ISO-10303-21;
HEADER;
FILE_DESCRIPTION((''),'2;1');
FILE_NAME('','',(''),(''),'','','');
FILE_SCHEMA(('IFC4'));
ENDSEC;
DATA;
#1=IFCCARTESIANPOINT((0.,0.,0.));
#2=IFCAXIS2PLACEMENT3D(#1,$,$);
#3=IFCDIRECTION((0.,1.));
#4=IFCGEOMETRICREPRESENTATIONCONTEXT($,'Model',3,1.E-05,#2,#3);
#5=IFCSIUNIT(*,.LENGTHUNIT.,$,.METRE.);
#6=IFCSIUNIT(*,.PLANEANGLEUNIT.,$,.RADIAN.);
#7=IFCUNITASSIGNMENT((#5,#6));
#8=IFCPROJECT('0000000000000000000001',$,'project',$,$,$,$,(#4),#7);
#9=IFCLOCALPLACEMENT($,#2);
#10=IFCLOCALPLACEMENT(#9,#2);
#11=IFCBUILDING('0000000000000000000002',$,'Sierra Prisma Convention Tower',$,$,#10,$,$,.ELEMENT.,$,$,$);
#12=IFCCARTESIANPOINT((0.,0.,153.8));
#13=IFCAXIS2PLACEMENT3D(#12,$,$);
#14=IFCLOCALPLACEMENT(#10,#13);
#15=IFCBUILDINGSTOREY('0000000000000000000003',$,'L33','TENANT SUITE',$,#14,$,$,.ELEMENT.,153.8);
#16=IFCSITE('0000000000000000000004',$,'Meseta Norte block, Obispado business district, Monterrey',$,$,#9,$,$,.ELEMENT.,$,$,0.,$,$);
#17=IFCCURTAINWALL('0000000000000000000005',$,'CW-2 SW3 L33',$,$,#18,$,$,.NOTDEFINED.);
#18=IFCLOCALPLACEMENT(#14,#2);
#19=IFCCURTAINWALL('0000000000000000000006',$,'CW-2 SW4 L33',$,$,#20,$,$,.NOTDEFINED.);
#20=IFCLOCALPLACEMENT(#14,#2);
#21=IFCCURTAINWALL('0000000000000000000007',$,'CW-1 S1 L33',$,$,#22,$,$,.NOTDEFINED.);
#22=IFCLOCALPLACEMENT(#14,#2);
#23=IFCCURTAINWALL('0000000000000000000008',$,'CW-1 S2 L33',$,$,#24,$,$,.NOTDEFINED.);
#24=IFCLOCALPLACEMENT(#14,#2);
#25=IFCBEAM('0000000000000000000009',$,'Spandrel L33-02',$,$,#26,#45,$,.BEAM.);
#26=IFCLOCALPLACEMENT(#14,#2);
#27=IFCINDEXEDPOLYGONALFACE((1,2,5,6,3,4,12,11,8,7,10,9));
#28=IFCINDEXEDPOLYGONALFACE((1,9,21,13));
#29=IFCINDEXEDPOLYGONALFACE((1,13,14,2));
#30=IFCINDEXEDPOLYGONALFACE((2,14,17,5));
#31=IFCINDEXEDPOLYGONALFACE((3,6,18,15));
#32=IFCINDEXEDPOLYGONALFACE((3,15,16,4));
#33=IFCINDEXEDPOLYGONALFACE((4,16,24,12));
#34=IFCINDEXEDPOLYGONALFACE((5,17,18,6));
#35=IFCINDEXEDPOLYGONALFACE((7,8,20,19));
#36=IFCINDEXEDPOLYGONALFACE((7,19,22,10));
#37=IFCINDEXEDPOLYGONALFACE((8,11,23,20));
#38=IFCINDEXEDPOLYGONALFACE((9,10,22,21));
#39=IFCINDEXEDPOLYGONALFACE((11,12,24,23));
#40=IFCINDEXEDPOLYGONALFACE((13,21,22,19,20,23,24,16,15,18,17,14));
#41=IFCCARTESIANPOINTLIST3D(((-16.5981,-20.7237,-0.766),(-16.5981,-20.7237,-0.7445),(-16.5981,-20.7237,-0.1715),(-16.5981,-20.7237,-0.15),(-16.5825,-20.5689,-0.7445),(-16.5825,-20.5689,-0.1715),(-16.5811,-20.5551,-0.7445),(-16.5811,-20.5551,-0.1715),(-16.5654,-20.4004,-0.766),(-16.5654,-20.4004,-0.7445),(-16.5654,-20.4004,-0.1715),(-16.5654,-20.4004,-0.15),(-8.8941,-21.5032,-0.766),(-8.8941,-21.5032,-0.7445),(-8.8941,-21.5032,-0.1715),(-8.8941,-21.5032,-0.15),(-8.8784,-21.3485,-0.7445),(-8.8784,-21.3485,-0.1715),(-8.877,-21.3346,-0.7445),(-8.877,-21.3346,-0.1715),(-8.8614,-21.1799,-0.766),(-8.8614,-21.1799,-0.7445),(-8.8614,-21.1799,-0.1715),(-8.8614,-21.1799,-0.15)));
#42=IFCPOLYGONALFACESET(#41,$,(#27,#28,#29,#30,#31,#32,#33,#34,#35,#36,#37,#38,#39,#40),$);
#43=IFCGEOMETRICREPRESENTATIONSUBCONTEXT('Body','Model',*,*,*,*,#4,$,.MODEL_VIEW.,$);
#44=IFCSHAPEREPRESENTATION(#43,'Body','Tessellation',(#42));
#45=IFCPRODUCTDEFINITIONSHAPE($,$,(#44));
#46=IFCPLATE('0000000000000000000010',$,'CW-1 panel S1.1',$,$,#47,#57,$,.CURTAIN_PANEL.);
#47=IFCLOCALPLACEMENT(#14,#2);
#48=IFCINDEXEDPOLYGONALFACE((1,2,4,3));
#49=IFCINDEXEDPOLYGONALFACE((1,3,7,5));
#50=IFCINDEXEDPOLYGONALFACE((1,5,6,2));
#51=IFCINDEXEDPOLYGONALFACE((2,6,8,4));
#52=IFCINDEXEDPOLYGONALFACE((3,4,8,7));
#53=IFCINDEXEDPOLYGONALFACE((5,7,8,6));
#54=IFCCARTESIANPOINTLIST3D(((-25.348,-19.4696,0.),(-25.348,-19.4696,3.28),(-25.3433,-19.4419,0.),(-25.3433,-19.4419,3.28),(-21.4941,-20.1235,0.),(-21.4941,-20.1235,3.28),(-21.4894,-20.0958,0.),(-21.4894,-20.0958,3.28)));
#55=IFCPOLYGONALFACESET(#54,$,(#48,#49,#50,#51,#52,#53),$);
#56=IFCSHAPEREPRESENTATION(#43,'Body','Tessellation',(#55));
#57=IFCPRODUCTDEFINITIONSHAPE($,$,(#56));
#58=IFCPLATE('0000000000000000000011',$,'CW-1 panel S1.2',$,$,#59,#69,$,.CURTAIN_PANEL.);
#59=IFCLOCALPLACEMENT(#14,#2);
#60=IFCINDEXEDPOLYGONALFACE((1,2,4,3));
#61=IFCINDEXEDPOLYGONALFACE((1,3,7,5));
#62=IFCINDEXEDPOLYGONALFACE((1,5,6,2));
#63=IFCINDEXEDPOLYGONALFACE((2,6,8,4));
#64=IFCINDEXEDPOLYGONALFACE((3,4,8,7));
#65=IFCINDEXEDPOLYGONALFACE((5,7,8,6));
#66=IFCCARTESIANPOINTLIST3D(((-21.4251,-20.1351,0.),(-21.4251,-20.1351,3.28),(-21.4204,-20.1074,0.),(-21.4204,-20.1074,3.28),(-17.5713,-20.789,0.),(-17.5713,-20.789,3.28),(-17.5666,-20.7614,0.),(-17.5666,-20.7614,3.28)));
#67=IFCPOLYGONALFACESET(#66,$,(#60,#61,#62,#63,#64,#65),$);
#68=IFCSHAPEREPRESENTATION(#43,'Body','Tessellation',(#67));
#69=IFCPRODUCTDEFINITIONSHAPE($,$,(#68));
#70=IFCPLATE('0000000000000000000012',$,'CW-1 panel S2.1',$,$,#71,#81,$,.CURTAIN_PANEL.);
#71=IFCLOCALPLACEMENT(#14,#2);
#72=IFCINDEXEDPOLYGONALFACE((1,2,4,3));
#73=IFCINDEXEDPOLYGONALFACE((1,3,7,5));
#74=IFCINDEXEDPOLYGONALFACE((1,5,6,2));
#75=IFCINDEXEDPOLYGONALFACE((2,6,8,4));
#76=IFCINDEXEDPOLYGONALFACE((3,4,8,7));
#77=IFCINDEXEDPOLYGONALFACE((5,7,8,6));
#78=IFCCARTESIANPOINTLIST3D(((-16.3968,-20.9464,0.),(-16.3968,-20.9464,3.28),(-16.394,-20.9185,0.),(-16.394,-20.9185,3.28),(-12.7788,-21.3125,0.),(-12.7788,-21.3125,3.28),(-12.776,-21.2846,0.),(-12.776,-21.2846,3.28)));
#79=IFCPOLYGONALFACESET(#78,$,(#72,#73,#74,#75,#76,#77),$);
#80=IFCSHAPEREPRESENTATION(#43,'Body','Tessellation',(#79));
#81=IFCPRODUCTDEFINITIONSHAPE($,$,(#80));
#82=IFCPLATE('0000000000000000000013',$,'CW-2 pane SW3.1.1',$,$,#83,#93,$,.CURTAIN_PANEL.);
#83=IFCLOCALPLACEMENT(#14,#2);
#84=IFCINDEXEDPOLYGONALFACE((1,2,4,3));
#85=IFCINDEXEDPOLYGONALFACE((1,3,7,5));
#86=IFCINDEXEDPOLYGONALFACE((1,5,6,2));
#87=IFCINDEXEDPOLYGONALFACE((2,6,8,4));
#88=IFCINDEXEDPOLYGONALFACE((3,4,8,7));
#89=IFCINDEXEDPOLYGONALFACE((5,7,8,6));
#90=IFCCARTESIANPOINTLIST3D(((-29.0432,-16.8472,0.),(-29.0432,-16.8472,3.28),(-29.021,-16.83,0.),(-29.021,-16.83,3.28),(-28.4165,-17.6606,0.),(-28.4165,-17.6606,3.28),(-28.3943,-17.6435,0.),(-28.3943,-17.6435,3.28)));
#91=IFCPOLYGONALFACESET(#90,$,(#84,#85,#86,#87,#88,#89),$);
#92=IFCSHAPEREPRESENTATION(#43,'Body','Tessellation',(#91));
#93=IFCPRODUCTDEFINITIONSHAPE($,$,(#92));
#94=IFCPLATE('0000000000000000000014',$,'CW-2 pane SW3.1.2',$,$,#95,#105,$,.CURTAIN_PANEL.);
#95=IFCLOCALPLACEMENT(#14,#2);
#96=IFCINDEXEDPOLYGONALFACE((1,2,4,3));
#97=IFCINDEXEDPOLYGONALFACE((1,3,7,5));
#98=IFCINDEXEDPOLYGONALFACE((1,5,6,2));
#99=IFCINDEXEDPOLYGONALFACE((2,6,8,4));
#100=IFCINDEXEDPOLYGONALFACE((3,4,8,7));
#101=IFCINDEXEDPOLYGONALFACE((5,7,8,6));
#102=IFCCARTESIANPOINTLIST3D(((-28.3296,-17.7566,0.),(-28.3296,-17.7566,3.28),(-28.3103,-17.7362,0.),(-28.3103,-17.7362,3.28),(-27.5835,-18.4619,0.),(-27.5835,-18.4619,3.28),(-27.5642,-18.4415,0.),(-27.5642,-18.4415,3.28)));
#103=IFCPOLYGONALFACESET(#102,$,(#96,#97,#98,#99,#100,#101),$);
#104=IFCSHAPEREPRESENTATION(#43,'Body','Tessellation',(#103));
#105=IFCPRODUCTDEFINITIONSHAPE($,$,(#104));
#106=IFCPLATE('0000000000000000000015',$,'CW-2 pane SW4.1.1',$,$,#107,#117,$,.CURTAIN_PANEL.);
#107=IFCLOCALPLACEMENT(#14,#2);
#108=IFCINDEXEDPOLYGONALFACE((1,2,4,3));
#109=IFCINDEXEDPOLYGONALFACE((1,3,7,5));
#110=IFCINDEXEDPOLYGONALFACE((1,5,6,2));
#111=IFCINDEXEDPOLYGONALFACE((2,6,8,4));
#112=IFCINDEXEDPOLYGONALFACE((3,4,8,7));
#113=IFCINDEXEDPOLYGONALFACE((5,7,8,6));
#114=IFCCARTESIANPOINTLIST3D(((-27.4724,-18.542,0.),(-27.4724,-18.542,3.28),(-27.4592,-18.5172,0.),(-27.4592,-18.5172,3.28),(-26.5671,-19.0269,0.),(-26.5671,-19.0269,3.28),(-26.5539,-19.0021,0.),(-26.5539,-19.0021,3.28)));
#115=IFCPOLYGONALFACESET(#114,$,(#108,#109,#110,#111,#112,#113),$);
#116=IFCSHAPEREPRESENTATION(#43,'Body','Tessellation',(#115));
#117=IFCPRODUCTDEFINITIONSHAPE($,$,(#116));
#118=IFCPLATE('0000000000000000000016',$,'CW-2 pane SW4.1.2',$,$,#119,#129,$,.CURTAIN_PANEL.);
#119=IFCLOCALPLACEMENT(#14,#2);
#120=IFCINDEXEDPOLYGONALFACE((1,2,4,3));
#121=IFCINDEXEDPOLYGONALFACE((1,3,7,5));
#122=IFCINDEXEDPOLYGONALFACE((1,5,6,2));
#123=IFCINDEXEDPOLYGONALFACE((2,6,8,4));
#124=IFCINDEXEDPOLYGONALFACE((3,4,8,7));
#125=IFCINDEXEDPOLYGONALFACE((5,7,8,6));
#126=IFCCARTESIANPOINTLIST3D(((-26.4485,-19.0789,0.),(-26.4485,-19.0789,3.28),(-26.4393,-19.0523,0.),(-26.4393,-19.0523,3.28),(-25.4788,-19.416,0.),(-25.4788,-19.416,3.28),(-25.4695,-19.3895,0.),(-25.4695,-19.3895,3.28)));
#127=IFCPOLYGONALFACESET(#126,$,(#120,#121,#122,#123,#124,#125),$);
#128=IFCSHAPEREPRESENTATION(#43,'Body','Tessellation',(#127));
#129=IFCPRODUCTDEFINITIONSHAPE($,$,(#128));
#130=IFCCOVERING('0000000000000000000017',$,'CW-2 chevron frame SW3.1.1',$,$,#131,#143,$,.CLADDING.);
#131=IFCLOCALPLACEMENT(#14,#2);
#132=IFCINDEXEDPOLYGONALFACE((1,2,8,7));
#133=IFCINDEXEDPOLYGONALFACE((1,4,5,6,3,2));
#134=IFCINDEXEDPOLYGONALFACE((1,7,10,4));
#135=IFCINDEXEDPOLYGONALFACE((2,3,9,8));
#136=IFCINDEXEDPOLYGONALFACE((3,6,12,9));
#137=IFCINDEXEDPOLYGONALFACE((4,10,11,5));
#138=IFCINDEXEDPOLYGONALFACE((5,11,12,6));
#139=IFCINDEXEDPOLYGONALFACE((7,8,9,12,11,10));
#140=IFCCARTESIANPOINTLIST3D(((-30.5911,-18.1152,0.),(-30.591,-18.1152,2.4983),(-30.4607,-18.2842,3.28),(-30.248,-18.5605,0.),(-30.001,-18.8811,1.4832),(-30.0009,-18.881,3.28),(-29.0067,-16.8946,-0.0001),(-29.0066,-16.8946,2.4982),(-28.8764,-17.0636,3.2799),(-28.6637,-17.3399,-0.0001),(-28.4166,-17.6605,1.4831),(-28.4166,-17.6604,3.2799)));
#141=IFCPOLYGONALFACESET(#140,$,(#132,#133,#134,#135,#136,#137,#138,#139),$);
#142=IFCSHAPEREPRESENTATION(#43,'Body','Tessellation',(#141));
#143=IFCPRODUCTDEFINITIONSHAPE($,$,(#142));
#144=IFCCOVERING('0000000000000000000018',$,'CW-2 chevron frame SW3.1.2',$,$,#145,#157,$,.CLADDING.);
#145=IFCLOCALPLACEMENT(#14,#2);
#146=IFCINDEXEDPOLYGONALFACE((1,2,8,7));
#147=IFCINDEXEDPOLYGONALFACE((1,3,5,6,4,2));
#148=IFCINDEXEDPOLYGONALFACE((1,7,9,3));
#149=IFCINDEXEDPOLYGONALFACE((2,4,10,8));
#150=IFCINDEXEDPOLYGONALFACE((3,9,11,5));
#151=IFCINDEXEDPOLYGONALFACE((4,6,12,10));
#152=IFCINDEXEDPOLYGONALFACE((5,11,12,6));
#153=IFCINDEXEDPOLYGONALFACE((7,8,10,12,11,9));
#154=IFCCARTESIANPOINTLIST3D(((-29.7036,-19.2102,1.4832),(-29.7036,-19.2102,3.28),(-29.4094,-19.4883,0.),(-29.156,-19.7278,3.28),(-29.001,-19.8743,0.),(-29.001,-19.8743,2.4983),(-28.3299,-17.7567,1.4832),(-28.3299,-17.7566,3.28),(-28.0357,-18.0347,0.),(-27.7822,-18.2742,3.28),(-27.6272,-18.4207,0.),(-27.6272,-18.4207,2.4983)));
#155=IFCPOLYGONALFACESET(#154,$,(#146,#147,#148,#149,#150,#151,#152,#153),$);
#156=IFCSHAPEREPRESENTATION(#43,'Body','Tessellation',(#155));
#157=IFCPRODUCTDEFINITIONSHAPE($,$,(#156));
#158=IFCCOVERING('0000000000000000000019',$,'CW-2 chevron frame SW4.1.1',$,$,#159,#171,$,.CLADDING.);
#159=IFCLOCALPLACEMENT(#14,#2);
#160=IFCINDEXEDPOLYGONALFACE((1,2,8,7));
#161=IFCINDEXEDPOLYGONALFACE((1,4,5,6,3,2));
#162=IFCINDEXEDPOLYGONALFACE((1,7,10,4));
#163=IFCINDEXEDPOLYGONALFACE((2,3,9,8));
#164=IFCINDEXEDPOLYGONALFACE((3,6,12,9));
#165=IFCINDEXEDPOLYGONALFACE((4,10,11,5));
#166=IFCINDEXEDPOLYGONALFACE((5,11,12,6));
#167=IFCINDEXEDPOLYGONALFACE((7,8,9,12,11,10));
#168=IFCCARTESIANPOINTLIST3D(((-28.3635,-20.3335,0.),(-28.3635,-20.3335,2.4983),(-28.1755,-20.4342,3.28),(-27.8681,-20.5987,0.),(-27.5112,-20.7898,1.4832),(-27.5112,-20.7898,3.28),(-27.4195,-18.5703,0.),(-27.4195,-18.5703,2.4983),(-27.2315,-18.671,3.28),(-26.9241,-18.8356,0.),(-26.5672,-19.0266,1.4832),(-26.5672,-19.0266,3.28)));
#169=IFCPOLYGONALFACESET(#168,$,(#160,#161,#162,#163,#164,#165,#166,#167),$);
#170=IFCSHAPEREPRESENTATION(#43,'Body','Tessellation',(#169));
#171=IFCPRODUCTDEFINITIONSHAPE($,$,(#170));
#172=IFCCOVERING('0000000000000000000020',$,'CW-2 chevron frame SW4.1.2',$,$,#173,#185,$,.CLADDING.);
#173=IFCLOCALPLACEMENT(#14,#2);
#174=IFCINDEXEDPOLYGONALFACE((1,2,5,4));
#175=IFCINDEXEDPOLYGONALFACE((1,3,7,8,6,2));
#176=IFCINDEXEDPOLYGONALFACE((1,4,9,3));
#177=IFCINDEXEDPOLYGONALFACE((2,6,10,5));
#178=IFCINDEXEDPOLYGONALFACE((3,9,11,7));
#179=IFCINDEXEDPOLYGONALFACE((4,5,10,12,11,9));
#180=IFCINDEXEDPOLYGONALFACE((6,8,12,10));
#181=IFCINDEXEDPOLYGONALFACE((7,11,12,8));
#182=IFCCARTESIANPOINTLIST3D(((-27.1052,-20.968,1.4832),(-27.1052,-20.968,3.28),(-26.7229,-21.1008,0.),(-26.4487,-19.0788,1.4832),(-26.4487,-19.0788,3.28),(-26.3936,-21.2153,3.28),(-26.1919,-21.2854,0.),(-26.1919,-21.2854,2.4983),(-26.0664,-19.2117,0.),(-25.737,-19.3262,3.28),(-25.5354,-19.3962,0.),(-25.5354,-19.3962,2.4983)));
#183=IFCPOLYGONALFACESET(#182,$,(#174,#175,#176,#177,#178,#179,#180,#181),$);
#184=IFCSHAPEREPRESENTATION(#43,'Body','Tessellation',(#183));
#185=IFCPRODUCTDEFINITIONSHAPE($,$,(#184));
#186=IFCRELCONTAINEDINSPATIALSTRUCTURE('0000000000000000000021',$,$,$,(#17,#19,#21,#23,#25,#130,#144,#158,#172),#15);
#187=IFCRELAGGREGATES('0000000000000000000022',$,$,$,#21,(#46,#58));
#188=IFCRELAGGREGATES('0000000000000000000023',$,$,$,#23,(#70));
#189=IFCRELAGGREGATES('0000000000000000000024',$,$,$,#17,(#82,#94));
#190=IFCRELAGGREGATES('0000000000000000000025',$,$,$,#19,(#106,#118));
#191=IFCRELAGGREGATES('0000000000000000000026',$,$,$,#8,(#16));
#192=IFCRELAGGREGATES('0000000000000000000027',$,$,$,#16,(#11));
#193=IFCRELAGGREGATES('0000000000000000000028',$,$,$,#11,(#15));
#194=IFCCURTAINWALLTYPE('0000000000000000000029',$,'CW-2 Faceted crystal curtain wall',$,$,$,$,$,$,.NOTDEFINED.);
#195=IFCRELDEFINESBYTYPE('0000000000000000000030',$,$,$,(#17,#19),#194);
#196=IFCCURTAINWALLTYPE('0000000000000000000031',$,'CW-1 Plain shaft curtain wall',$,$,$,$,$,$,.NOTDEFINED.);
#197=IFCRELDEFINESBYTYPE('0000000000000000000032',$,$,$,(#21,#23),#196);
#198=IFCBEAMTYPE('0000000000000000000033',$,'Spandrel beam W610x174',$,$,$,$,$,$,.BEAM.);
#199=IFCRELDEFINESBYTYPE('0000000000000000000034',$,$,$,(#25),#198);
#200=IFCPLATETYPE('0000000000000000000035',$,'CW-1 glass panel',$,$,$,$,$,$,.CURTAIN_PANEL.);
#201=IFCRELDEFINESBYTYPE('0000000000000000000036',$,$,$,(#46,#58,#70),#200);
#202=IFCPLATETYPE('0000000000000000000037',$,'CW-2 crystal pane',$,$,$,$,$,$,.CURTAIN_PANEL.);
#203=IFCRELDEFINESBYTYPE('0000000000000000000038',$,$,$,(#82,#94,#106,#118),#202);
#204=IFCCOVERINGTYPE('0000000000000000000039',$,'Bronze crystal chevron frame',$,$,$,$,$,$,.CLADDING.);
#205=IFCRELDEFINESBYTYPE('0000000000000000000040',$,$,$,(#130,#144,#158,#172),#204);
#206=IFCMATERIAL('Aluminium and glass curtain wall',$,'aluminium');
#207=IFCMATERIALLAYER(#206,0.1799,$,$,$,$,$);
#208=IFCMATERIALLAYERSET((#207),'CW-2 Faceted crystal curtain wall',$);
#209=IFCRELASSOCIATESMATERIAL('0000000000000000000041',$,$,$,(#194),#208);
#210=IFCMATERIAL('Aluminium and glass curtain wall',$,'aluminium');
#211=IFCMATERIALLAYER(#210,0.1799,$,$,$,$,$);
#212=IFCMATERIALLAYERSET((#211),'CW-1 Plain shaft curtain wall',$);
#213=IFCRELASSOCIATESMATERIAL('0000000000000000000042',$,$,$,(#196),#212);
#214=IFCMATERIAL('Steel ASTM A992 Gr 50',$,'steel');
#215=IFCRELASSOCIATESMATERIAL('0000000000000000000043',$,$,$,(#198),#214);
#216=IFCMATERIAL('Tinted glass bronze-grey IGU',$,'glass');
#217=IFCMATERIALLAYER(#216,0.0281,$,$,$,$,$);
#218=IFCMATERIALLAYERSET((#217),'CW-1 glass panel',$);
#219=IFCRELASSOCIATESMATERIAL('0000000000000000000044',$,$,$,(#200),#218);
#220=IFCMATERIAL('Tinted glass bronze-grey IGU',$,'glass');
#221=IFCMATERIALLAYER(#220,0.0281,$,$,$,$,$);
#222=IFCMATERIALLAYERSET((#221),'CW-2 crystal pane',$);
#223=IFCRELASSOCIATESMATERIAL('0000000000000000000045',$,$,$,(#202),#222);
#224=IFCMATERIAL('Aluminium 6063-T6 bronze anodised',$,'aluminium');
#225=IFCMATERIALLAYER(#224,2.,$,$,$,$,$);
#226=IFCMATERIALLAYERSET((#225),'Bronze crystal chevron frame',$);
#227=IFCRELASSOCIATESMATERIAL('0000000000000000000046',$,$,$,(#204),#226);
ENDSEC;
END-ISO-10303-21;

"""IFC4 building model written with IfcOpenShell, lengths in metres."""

from ifc_helpers import new_model, si_unit, direction, frame, origin, origin_2d, place, context, subcontext, project, spatial, polyline, rectangle, i_section, outline, extrude, material, layer, layer_set, material_profile, profile_set, type_object, element, aggregate, save


model = new_model("IFC4")

# Units and contexts
model_context = context("Model", 3, precision=1e-05, world=origin(), true_north=direction((0.0, 1.0)))
body_context = subcontext(model_context, "Body", "Model", "MODEL_VIEW")
ifc_project = project(units=[si_unit("LENGTHUNIT", "METRE"), si_unit("PLANEANGLEUNIT", "RADIAN")], contexts=[model_context])

# Site, building, storey
site_placement = place(None, origin())
site = spatial("IfcSite", under=ifc_project, at=site_placement, Name="Meseta Norte block, Obispado business district, Monterrey", CompositionType="ELEMENT", RefElevation=0.0)
building_placement = place(site_placement, origin())
building = spatial("IfcBuilding", under=site, at=building_placement, Name="Sierra Prisma Convention Tower", CompositionType="ELEMENT")
storey_placement = place(building_placement, frame((0.0, 0.0, 153.8)))
storey = spatial("IfcBuildingStorey", under=building, at=storey_placement, Name="L33", Description="TENANT SUITE", CompositionType="ELEMENT", Elevation=153.8)

# Curtain walls
ifc_material_1 = material(Name="Aluminium and glass curtain wall", Category="aluminium")
ifc_layer_1 = layer(ifc_material_1, 0.1799)
ifc_layer_set_1 = layer_set([ifc_layer_1], Name="CW-2 Faceted crystal curtain wall")
curtain_wall_type_1 = type_object("IfcCurtainWallType", Name="CW-2 Faceted crystal curtain wall", PredefinedType="NOTDEFINED", material=ifc_layer_set_1)
curtain_wall_1_placement = place(storey_placement, origin())
curtain_wall_1 = element("IfcCurtainWall", 1, at=curtain_wall_1_placement, inside=storey, type_object=curtain_wall_type_1, Name="CW-2 SW3 L33", PredefinedType="NOTDEFINED")
curtain_wall_2_placement = place(storey_placement, origin())
curtain_wall_2 = element("IfcCurtainWall", 2, at=curtain_wall_2_placement, inside=storey, type_object=curtain_wall_type_1, Name="CW-2 SW4 L33", PredefinedType="NOTDEFINED")

# Curtain wall
ifc_material_2 = material(Name="Aluminium and glass curtain wall", Category="aluminium")
ifc_layer_2 = layer(ifc_material_2, 0.1799)
ifc_layer_set_2 = layer_set([ifc_layer_2], Name="CW-1 Plain shaft curtain wall")
curtain_wall_type_2 = type_object("IfcCurtainWallType", Name="CW-1 Plain shaft curtain wall", PredefinedType="NOTDEFINED", material=ifc_layer_set_2)
curtain_wall_3_placement = place(storey_placement, origin())
curtain_wall_3 = element("IfcCurtainWall", 3, at=curtain_wall_3_placement, inside=storey, type_object=curtain_wall_type_2, Name="CW-1 S1 L33", PredefinedType="NOTDEFINED")

# Curtain wall
curtain_wall_4_placement = place(storey_placement, origin())
curtain_wall_4 = element("IfcCurtainWall", 4, at=curtain_wall_4_placement, inside=storey, type_object=curtain_wall_type_2, Name="CW-1 S2 L33", PredefinedType="NOTDEFINED")

# Beam
ifc_material_3 = material(Name="Steel ASTM A992 Gr 50", Category="steel")
ifc_material_profile_1 = material_profile(ifc_material_3, i_section(OverallWidth=0.325, OverallDepth=0.616, WebThickness=0.0139, FlangeThickness=0.0215, at=origin_2d()), Name="W610x174")
ifc_profile_set_1 = profile_set([ifc_material_profile_1], Name="Steel ASTM A992 Gr 50")
beam_type_1 = type_object("IfcBeamType", Name="Spandrel beam W610x174", PredefinedType="BEAM", material=ifc_profile_set_1)
beam_1_placement = place(storey_placement, frame((-16.5818, -20.562, -0.458), z_axis=(0.99492, -0.100671, 0.0), x_axis=(0.100671, 0.99492, 0.0)))
element("IfcBeam", 5, at=beam_1_placement, inside=storey, type_object=beam_type_1, Name="Spandrel L33-02", PredefinedType="BEAM", context=body_context, shape_type="SweptSolid", body=[
    extrude(i_section(OverallWidth=0.325, OverallDepth=0.616, WebThickness=0.0139, FlangeThickness=0.0215, at=origin_2d()), origin(), (0.0, 0.0, 1.0), 7.7434),
])

# Plates
ifc_material_4 = material(Name="Tinted glass bronze-grey IGU", Category="glass")
ifc_layer_3 = layer(ifc_material_4, 0.0281)
ifc_layer_set_3 = layer_set([ifc_layer_3], Name="CW-1 glass panel")
plate_type_1 = type_object("IfcPlateType", Name="CW-1 glass panel", PredefinedType="CURTAIN_PANEL", material=ifc_layer_set_3)
plate_1_placement = place(storey_placement, frame((-23.4187, -19.7827, 0.0), z_axis=(0.0, 0.0, 1.0), x_axis=(0.985908, -0.167289, 0.0)))
plate_1 = element("IfcPlate", 6, at=plate_1_placement, type_object=plate_type_1, Name="CW-1 panel S1.1", PredefinedType="CURTAIN_PANEL", context=body_context, shape_type="SweptSolid", body=[
    extrude(rectangle(XDim=3.9089, YDim=0.0281, at=origin_2d()), origin(), (0.0, 0.0, 1.0), 3.28),
])
plate_2_placement = place(storey_placement, frame((-19.4958, -20.4482, 0.0), z_axis=(0.0, 0.0, 1.0), x_axis=(0.985908, -0.167289, 0.0)))
plate_2 = element("IfcPlate", 7, at=plate_2_placement, type_object=plate_type_1, Name="CW-1 panel S1.2", PredefinedType="CURTAIN_PANEL", context=body_context, shape_type="SweptSolid", body=[
    extrude(rectangle(XDim=3.9089, YDim=0.0281, at=origin_2d()), origin(), (0.0, 0.0, 1.0), 3.28),
])
aggregate(curtain_wall_3, [plate_1, plate_2])
plate_3_placement = place(storey_placement, frame((-14.5864, -21.1155, 0.0), z_axis=(0.0, 0.0, 1.0), x_axis=(0.994919, -0.100676, 0.0)))
plate_3 = element("IfcPlate", 8, at=plate_3_placement, type_object=plate_type_1, Name="CW-1 panel S2.1", PredefinedType="CURTAIN_PANEL", context=body_context, shape_type="SweptSolid", body=[
    extrude(rectangle(XDim=3.6365, YDim=0.0281, at=origin_2d()), origin(), (0.0, 0.0, 1.0), 3.28),
])
aggregate(curtain_wall_4, [plate_3])
ifc_material_5 = material(Name="Tinted glass bronze-grey IGU", Category="glass")
ifc_layer_4 = layer(ifc_material_5, 0.0281)
ifc_layer_set_4 = layer_set([ifc_layer_4], Name="CW-2 crystal pane")
plate_type_2 = type_object("IfcPlateType", Name="CW-2 crystal pane", PredefinedType="CURTAIN_PANEL", material=ifc_layer_set_4)
plate_4_placement = place(storey_placement, frame((-29.0432, -16.8472, 0.0), z_axis=(-0.792173, -0.610297, 0.0), x_axis=(0.610297, -0.792173, 0.0)))
plate_4 = element("IfcPlate", 9, at=plate_4_placement, type_object=plate_type_2, Name="CW-2 pane SW3.1.1", PredefinedType="CURTAIN_PANEL", context=body_context, shape_type="SweptSolid", body=[
    extrude(outline(polyline([(0.0, 0.0), (1.0269, 0.0), (1.0269, 3.28), (0.0, 3.28), (0.0, 0.0)])), origin(), (0.0, 0.0, -1.0), 0.0281),
])
plate_5_placement = place(storey_placement, frame((-27.5835, -18.4619, 0.0), z_axis=(-0.686973, -0.726683, 0.0), x_axis=(-0.726683, 0.686973, 0.0)))
plate_5 = element("IfcPlate", 10, at=plate_5_placement, type_object=plate_type_2, Name="CW-2 pane SW3.1.2", PredefinedType="CURTAIN_PANEL", context=body_context, shape_type="SweptSolid", body=[
    extrude(outline(polyline([(0.0, 0.0), (1.0267, 0.0), (1.0267, -3.28), (0.0, -3.28), (0.0, 0.0)])), origin(), (0.0, 0.0, -1.0), 0.0281),
])
aggregate(curtain_wall_1, [plate_4, plate_5])
plate_6_placement = place(storey_placement, frame((-27.4724, -18.542, 0.0), z_axis=(-0.472142, -0.881522, 0.0), x_axis=(0.881522, -0.472142, 0.0)))
plate_6 = element("IfcPlate", 11, at=plate_6_placement, type_object=plate_type_2, Name="CW-2 pane SW4.1.1", PredefinedType="CURTAIN_PANEL", context=body_context, shape_type="SweptSolid", body=[
    extrude(outline(polyline([(0.0, 0.0), (1.0269, 0.0), (1.0269, 3.28), (0.0, 3.28), (0.0, 0.0)])), origin(), (0.0, 0.0, -1.0), 0.0281),
])
plate_7_placement = place(storey_placement, frame((-25.4788, -19.416, 0.0), z_axis=(-0.328401, -0.944538, 0.0), x_axis=(-0.944538, 0.328401, 0.0)))
plate_7 = element("IfcPlate", 12, at=plate_7_placement, type_object=plate_type_2, Name="CW-2 pane SW4.1.2", PredefinedType="CURTAIN_PANEL", context=body_context, shape_type="SweptSolid", body=[
    extrude(outline(polyline([(0.0, 0.0), (1.0267, 0.0), (1.0267, -3.28), (0.0, -3.28), (0.0, 0.0)])), origin(), (0.0, 0.0, -1.0), 0.0281),
])
aggregate(curtain_wall_2, [plate_6, plate_7])

# Coverings
ifc_material_6 = material(Name="Aluminium 6063-T6 bronze anodised", Category="aluminium")
ifc_layer_5 = layer(ifc_material_6, 2.0)
ifc_layer_set_5 = layer_set([ifc_layer_5], Name="Bronze crystal chevron frame")
covering_type = type_object("IfcCoveringType", Name="Bronze crystal chevron frame", PredefinedType="CLADDING", material=ifc_layer_set_5)
covering_1_placement = place(storey_placement, frame((-30.5911, -18.1152, 0.0), z_axis=(-0.79217, -0.610301, 0.00004), x_axis=(0.610301, -0.79217, 0.0)))
element("IfcCovering", 13, at=covering_1_placement, inside=storey, type_object=covering_type, Name="CW-2 chevron frame SW3.1.1", PredefinedType="CLADDING", context=body_context, shape_type="SweptSolid", body=[
    extrude(outline(polyline([(0.0, 0.0), (0.5621, 0.0), (0.9668, 1.4832), (0.9668, 3.28), (0.2134, 3.28), (0.0, 2.4983), (0.0, 0.0)])), origin(), (0.0, 0.0, -1.0), 2.0),
])
covering_2_placement = place(storey_placement, frame((-29.7036, -19.2102, 3.28), z_axis=(-0.686873, -0.726778, 0.0), x_axis=(0.0, 0.0, -1.0)))
element("IfcCovering", 14, at=covering_2_placement, inside=storey, type_object=covering_type, Name="CW-2 chevron frame SW3.1.2", PredefinedType="CLADDING", context=body_context, shape_type="SweptSolid", body=[
    extrude(outline(polyline([(0.0, 0.0), (1.7969, 0.0), (3.28, 0.4048), (3.28, 0.9668), (0.7817, 0.9668), (0.0, 0.7535), (0.0, 0.0)])), origin(), (0.0, 0.0, -1.0), 2.0),
])
covering_3_placement = place(storey_placement, frame((-28.3635, -20.3335, 0.0), z_axis=(-0.472006, -0.881595, -0.000001), x_axis=(0.881595, -0.472006, 0.0)))
element("IfcCovering", 15, at=covering_3_placement, inside=storey, type_object=covering_type, Name="CW-2 chevron frame SW4.1.1", PredefinedType="CLADDING", context=body_context, shape_type="SweptSolid", body=[
    extrude(outline(polyline([(0.0, 0.0), (0.562, 0.0), (0.9668, 1.4832), (0.9668, 3.28), (0.2133, 3.28), (0.0, 2.4983), (0.0, 0.0)])), origin(), (0.0, 0.0, -1.0), 2.0),
])
covering_4_placement = place(storey_placement, frame((-27.1052, -20.968, 3.28), z_axis=(-0.328258, -0.944588, -0.000009), x_axis=(0.000003, 0.000008, -1.0)))
element("IfcCovering", 16, at=covering_4_placement, inside=storey, type_object=covering_type, Name="CW-2 chevron frame SW4.1.2", PredefinedType="CLADDING", context=body_context, shape_type="SweptSolid", body=[
    extrude(outline(polyline([(0.0, 0.0), (1.7969, 0.0), (3.28, 0.4047), (3.28, 0.9669), (0.7817, 0.9669), (0.0, 0.7534), (0.0, 0.0)])), origin(), (0.0, 0.0, -1.0), 2.0),
])

save(model, "model.ifc")
